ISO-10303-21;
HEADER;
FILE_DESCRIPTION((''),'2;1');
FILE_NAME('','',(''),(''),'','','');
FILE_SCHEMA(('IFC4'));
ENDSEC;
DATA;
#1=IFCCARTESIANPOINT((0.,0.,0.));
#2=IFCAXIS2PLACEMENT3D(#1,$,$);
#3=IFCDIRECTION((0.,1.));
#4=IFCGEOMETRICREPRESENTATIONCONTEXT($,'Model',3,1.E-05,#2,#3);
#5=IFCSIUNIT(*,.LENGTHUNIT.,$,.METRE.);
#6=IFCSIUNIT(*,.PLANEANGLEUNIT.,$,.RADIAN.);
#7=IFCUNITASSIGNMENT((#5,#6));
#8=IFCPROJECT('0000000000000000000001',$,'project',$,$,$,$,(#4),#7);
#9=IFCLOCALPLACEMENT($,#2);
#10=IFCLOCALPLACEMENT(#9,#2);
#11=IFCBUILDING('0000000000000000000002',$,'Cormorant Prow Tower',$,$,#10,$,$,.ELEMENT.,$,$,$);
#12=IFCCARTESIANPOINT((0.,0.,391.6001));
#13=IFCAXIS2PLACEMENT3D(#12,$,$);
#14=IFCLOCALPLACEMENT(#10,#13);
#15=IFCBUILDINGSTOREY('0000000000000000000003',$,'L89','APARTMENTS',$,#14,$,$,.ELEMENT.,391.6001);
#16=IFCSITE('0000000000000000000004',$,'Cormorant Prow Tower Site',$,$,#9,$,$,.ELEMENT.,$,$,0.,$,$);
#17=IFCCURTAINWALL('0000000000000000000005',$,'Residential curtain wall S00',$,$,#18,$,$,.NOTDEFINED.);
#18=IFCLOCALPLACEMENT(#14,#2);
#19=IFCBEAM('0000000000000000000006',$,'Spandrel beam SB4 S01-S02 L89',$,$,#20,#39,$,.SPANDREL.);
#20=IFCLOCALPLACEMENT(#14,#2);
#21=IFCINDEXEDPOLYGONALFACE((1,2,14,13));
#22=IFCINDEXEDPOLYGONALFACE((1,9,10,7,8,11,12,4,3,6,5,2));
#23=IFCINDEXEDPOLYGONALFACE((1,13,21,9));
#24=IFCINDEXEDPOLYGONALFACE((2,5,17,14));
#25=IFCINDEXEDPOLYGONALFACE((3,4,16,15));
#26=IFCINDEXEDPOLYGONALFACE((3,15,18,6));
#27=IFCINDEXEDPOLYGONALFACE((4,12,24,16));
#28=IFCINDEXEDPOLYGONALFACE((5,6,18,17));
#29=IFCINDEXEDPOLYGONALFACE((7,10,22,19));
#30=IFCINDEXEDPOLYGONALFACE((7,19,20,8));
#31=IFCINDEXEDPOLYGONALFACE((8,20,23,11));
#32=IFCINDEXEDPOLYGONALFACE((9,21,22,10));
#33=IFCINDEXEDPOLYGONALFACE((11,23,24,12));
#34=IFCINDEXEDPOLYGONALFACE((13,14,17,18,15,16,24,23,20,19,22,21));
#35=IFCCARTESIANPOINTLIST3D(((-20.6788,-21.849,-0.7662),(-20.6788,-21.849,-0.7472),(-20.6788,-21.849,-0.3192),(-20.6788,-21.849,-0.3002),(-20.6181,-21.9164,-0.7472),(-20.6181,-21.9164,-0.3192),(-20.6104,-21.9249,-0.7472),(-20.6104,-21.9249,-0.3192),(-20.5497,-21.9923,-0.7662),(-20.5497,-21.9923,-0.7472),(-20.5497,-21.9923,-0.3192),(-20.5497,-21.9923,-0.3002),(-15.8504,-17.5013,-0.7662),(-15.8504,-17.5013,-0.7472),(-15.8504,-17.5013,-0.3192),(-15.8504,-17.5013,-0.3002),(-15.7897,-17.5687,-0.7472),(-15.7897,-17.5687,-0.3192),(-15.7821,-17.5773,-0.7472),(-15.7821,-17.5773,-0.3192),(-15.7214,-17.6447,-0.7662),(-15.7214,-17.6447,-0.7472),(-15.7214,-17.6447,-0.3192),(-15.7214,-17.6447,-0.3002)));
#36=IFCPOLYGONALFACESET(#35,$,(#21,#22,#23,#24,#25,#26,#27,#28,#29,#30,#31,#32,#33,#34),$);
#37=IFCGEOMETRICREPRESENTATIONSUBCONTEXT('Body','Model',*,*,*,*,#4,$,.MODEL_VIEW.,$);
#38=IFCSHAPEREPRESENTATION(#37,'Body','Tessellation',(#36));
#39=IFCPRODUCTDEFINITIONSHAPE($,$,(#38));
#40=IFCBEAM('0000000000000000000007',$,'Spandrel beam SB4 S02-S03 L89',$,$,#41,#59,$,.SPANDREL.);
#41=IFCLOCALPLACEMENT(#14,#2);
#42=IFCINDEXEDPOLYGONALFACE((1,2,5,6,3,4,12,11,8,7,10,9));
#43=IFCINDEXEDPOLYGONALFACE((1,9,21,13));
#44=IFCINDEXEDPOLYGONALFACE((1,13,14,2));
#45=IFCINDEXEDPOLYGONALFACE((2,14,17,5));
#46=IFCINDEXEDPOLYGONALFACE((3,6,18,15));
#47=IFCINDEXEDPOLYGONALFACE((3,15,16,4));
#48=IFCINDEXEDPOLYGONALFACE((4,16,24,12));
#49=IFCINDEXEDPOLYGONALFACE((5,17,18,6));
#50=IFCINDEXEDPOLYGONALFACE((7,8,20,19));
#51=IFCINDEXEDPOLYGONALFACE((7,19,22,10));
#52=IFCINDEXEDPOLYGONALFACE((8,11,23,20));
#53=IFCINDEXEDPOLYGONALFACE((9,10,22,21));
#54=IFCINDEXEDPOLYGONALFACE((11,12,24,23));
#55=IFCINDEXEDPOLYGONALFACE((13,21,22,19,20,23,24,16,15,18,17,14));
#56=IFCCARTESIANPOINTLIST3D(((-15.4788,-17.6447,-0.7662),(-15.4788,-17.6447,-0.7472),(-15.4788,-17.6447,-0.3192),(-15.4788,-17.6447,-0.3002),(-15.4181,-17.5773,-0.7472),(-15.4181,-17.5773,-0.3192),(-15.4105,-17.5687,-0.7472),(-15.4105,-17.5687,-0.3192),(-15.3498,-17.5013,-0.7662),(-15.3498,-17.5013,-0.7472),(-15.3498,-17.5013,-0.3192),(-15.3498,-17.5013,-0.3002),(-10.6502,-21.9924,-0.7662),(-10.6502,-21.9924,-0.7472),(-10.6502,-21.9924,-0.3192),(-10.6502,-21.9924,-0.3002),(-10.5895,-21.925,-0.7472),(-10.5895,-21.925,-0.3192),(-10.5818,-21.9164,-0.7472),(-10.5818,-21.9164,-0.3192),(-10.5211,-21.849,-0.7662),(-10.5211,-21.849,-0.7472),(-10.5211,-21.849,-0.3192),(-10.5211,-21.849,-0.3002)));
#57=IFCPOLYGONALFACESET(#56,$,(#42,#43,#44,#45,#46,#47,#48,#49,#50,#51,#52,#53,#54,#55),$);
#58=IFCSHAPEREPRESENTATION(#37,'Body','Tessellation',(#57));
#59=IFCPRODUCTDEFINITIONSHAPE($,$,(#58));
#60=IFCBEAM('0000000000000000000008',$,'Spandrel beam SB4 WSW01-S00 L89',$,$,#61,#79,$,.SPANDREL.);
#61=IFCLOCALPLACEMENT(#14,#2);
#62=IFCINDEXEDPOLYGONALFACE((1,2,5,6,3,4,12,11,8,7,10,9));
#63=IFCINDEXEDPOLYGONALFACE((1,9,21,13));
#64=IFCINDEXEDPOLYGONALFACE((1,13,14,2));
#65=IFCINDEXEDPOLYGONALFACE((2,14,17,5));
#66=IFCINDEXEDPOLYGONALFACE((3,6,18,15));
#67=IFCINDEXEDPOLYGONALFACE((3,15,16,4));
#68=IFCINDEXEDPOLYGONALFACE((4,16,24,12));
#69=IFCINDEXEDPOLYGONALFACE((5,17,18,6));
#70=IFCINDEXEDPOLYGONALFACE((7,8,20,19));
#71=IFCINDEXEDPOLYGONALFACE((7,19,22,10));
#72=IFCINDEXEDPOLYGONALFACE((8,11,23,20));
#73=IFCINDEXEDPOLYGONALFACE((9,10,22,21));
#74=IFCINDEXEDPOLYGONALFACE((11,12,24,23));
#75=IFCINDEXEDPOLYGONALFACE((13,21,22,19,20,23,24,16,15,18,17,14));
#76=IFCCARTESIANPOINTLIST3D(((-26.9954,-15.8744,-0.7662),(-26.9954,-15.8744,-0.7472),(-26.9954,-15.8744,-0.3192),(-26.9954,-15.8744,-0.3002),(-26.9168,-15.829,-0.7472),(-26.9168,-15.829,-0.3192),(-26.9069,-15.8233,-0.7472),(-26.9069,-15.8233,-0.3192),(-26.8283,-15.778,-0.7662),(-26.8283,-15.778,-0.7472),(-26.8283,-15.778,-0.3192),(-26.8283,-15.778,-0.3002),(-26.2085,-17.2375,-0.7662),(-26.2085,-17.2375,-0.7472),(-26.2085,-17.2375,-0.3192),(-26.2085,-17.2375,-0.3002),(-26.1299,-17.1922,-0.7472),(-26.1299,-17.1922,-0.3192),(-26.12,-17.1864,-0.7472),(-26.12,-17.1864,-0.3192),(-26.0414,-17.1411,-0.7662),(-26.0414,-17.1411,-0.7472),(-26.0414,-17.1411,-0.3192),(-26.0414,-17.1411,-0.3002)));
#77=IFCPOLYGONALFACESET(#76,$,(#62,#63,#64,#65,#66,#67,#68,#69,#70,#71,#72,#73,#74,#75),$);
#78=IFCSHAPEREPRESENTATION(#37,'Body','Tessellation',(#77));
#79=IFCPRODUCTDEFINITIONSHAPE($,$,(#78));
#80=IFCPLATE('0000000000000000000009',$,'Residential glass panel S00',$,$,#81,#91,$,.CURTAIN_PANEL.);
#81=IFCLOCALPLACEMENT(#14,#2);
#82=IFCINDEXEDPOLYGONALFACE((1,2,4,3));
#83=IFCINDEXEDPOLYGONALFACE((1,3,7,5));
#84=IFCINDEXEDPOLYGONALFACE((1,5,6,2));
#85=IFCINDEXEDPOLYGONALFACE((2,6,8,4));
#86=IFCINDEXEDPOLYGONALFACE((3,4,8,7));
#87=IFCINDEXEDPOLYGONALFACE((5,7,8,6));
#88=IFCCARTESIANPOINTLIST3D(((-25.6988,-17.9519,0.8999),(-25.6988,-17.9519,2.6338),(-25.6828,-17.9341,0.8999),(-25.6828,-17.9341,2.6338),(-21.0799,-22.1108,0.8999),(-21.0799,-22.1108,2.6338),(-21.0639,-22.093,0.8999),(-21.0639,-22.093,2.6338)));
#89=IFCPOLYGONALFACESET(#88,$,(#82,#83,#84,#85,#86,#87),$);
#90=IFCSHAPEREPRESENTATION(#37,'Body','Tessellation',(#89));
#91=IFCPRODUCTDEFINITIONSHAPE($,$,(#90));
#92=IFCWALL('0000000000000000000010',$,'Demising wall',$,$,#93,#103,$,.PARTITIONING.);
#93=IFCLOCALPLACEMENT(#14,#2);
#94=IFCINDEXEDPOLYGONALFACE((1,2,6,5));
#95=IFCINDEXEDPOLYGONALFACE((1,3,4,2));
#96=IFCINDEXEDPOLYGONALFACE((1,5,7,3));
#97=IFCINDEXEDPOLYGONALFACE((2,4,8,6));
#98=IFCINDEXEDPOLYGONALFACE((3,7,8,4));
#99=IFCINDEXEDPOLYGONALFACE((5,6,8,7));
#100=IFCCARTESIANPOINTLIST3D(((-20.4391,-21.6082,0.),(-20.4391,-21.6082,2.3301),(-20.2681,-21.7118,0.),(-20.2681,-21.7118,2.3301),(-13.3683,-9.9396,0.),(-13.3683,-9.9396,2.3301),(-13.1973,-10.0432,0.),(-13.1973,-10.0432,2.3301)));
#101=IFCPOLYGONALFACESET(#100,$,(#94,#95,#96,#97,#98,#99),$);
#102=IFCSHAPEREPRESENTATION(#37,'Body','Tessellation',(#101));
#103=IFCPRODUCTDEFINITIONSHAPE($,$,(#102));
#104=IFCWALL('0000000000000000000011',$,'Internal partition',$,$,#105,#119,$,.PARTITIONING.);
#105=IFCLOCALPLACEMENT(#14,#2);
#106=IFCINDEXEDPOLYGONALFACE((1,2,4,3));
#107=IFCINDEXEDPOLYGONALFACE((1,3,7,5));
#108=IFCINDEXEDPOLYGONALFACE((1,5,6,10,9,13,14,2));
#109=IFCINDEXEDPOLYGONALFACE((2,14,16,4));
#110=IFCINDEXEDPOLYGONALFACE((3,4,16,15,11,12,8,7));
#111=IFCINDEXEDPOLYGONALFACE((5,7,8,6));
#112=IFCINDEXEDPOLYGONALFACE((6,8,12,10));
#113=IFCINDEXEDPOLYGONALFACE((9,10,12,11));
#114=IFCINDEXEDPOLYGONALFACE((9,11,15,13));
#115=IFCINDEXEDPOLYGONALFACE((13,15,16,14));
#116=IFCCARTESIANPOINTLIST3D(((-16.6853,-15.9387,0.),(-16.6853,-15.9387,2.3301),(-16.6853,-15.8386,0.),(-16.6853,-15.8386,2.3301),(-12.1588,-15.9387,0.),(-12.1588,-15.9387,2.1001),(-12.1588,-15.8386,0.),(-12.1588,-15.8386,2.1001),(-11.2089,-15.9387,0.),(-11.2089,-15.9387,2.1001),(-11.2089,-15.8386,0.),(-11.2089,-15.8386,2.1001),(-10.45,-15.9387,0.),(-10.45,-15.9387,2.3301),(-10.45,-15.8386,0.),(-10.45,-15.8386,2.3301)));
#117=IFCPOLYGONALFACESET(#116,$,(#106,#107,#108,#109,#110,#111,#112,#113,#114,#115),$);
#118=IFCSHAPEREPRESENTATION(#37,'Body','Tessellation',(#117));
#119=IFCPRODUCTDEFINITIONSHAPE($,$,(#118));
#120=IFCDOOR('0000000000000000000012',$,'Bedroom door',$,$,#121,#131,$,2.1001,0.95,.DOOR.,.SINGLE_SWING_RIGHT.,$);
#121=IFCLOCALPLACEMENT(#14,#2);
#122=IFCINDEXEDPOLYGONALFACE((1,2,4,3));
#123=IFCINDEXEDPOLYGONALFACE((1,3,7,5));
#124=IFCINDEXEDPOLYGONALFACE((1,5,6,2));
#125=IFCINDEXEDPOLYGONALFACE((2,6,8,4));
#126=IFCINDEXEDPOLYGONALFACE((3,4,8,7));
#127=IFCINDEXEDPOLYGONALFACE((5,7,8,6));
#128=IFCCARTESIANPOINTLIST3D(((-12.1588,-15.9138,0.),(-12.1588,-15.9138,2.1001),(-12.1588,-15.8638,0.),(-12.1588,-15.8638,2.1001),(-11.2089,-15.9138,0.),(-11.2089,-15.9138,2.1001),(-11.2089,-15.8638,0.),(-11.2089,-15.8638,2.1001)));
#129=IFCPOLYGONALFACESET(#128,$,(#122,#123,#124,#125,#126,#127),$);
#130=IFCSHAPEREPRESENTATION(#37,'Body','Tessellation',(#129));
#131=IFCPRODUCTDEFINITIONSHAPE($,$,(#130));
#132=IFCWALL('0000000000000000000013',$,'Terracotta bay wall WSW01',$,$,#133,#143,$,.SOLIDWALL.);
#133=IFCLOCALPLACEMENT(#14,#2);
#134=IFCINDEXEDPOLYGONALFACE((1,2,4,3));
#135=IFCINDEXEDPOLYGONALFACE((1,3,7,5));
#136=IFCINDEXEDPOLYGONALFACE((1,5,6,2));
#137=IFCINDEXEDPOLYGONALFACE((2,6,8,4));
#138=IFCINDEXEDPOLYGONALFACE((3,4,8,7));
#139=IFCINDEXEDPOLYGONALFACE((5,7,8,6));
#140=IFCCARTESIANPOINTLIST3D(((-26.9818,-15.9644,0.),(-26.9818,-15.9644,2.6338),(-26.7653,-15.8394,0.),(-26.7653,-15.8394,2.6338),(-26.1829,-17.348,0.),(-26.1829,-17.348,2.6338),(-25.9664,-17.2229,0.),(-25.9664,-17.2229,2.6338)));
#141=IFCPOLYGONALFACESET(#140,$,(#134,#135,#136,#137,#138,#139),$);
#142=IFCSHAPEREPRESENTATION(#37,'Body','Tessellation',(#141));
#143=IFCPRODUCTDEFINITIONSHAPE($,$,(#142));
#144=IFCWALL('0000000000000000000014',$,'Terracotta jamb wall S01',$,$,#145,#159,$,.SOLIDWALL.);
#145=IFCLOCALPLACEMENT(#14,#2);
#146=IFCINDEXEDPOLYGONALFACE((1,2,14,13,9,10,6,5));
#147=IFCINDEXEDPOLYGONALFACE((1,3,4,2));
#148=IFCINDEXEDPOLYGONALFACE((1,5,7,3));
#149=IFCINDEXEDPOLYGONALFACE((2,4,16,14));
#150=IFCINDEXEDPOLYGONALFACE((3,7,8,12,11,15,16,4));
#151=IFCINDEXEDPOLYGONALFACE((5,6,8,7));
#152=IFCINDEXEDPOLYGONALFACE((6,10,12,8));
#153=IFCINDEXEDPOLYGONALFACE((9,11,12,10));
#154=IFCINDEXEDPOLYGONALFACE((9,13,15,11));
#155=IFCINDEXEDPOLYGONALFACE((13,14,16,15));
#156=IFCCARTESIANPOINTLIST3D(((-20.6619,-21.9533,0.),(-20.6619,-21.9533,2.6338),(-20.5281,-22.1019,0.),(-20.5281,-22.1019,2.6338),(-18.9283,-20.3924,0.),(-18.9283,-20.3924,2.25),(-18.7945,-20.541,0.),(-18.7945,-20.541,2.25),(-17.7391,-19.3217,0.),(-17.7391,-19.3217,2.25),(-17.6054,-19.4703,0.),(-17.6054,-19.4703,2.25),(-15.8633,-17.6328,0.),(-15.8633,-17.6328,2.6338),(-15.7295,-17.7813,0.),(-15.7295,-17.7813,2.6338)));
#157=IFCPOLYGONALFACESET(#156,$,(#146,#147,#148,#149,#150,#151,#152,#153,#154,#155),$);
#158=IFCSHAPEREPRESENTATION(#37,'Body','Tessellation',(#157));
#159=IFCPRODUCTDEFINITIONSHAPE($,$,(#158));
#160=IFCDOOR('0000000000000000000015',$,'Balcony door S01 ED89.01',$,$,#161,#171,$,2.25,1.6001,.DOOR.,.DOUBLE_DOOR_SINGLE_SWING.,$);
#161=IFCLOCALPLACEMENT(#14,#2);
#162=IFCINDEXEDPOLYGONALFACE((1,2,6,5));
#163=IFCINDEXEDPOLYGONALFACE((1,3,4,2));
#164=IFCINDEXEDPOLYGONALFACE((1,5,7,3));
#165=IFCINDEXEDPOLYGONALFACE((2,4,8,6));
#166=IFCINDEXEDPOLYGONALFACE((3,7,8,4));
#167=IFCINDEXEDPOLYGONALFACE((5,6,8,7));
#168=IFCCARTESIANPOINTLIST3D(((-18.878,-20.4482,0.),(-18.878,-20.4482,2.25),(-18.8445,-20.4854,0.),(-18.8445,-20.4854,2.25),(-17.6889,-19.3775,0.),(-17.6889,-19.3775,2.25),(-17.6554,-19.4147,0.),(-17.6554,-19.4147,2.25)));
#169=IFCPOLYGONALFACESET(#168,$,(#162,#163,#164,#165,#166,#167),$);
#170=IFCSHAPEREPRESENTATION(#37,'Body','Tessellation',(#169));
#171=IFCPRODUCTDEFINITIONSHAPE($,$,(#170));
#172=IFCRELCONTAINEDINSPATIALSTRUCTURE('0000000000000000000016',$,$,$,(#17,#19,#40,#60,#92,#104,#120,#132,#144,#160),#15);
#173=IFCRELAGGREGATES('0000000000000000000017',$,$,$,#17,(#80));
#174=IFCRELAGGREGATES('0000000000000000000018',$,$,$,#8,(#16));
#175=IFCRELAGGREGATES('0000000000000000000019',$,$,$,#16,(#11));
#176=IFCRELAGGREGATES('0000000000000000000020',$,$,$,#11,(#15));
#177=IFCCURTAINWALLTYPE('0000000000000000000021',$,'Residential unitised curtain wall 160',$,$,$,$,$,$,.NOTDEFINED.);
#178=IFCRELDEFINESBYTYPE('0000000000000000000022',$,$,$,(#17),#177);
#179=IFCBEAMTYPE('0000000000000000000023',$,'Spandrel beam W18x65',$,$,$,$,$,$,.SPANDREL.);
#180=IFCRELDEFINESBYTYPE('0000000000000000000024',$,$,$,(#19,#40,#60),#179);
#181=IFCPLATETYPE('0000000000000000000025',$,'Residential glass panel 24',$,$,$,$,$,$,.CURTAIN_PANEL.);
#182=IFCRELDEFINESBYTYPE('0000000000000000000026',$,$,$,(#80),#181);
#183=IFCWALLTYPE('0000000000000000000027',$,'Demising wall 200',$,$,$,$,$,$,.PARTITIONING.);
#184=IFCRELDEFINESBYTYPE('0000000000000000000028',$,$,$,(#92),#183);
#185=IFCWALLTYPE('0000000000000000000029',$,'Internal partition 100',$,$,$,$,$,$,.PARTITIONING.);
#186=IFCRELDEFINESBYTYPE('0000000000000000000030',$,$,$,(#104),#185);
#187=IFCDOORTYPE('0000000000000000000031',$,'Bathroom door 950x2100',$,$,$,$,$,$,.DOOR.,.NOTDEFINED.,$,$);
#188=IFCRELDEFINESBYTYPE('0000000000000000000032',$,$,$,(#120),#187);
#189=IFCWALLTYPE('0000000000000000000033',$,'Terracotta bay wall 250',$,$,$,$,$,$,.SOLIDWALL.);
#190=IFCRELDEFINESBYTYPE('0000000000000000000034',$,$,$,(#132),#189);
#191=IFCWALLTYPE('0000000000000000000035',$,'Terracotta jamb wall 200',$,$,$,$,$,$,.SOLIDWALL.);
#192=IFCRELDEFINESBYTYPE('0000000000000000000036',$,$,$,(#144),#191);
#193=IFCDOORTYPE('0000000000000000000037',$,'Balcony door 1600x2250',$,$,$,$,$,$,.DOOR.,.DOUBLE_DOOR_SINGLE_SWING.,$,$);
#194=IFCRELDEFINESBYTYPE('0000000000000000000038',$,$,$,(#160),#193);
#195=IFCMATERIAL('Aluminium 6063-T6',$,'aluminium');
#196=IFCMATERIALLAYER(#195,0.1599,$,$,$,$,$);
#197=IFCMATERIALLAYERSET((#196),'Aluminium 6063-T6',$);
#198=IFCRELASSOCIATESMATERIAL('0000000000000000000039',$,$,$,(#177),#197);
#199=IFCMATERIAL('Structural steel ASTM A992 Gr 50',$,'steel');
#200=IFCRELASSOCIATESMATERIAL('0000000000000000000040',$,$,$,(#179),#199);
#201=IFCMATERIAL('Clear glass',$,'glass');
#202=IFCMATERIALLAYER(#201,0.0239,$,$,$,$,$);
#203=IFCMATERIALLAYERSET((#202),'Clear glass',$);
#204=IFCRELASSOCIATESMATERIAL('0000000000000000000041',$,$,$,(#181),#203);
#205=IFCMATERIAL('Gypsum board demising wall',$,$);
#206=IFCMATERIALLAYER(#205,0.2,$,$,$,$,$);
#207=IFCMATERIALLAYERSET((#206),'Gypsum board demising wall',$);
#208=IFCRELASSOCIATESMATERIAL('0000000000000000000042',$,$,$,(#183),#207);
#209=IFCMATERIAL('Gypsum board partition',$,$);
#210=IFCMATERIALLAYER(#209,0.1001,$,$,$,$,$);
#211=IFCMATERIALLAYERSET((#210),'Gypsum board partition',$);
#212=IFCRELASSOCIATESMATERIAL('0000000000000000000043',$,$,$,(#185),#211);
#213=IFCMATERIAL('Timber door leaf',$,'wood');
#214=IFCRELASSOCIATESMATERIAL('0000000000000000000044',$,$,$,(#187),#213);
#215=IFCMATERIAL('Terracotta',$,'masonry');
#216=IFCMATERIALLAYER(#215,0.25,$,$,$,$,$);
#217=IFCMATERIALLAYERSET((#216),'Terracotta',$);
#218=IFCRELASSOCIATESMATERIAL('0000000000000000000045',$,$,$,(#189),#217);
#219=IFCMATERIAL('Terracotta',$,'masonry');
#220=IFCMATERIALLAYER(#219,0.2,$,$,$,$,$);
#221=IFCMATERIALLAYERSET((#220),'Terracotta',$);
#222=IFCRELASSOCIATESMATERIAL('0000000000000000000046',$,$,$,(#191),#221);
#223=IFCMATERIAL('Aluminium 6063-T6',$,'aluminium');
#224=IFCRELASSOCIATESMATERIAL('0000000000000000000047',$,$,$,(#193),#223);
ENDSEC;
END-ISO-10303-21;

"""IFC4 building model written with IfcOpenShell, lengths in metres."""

from ifc_helpers import new_model, si_unit, direction, frame, frame_2d, origin, origin_2d, place, context, subcontext, project, spatial, rectangle, i_section, extrude, material, layer, layer_set, material_profile, profile_set, type_object, element, fill, aggregate, save


model = new_model("IFC4")

# Units and contexts
model_context = context("Model", 3, precision=1e-05, world=origin(), true_north=direction((0.0, 1.0)))
body_context = subcontext(model_context, "Body", "Model", "MODEL_VIEW")
ifc_project = project(units=[si_unit("LENGTHUNIT", "METRE"), si_unit("PLANEANGLEUNIT", "RADIAN")], contexts=[model_context])

# Site, building, storey
site_placement = place(None, origin())
site = spatial("IfcSite", under=ifc_project, at=site_placement, Name="Cormorant Prow Tower Site", CompositionType="ELEMENT", RefElevation=0.0)
building_placement = place(site_placement, origin())
building = spatial("IfcBuilding", under=site, at=building_placement, Name="Cormorant Prow Tower", CompositionType="ELEMENT")
storey_placement = place(building_placement, frame((0.0, 0.0, 391.6001)))
storey = spatial("IfcBuildingStorey", under=building, at=storey_placement, Name="L89", Description="APARTMENTS", CompositionType="ELEMENT", Elevation=391.6001)

# Curtain wall
ifc_material_1 = material(Name="Aluminium 6063-T6", Category="aluminium")
ifc_layer_1 = layer(ifc_material_1, 0.1599)
ifc_layer_set_1 = layer_set([ifc_layer_1], Name="Aluminium 6063-T6")
curtain_wall_type = type_object("IfcCurtainWallType", Name="Residential unitised curtain wall 160", PredefinedType="NOTDEFINED", material=ifc_layer_set_1)
curtain_wall_1_placement = place(storey_placement, origin())
curtain_wall_1 = element("IfcCurtainWall", 1, at=curtain_wall_1_placement, inside=storey, type_object=curtain_wall_type, Name="Residential curtain wall S00", PredefinedType="NOTDEFINED")

# Beams
ifc_material_2 = material(Name="Structural steel ASTM A992 Gr 50", Category="steel")
ifc_material_profile_1 = material_profile(ifc_material_2, i_section(OverallWidth=0.1929, OverallDepth=0.4661, WebThickness=0.0115, FlangeThickness=0.019, at=origin_2d()), Name="W18x65")
ifc_profile_set_1 = profile_set([ifc_material_profile_1], Name="Structural steel ASTM A992 Gr 50")
beam_type = type_object("IfcBeamType", Name="Spandrel beam W18x65", PredefinedType="SPANDREL", material=ifc_profile_set_1)
for number, where, z_axis, x_axis, name in (
    (2, (-20.6143, -21.9207, -0.5332), (0.743132, 0.669145, 0.0), (-0.669145, 0.743132, 0.0), "Spandrel beam SB4 S01-S02 L89"),
):
    element("IfcBeam", number, at=place(storey_placement, frame(where, z_axis=z_axis, x_axis=x_axis)), inside=storey, type_object=beam_type, Name=name, PredefinedType="SPANDREL", context=body_context, shape_type="SweptSolid", body=[
        extrude(i_section(OverallWidth=0.1929, OverallDepth=0.4661, WebThickness=0.0115, FlangeThickness=0.019, at=origin_2d()), origin(), (0.0, 0.0, 1.0), 6.4973),
    ])
beam_1_placement = place(storey_placement, frame((-15.4143, -17.573, -0.5332), z_axis=(0.743148, -0.669127, 0.0), x_axis=(0.669127, 0.743148, 0.0)))
element("IfcBeam", 3, at=beam_1_placement, inside=storey, type_object=beam_type, Name="Spandrel beam SB4 S02-S03 L89", PredefinedType="SPANDREL", context=body_context, shape_type="SweptSolid", body=[
    extrude(i_section(OverallWidth=0.1929, OverallDepth=0.4661, WebThickness=0.0115, FlangeThickness=0.019, at=origin_2d()), origin(), (0.0, 0.0, 1.0), 6.4976),
])
beam_2_placement = place(storey_placement, frame((-26.9119, -15.8262, -0.5332), z_axis=(0.49996, -0.866049, 0.0), x_axis=(0.866049, 0.49996, 0.0)))
element("IfcBeam", 4, at=beam_2_placement, inside=storey, type_object=beam_type, Name="Spandrel beam SB4 WSW01-S00 L89", PredefinedType="SPANDREL", context=body_context, shape_type="SweptSolid", body=[
    extrude(i_section(OverallWidth=0.1929, OverallDepth=0.4661, WebThickness=0.0115, FlangeThickness=0.019, at=origin_2d()), origin(), (0.0, 0.0, 1.0), 1.574),
])

# Plate
ifc_material_3 = material(Name="Clear glass", Category="glass")
ifc_layer_2 = layer(ifc_material_3, 0.0239)
ifc_layer_set_2 = layer_set([ifc_layer_2], Name="Clear glass")
plate_type = type_object("IfcPlateType", Name="Residential glass panel 24", PredefinedType="CURTAIN_PANEL", material=ifc_layer_set_2)
plate_placement = place(storey_placement, frame((-23.3813, -20.0225, 0.8999), z_axis=(0.0, 0.0, 1.0), x_axis=(0.743145, -0.669131, 0.0)))
plate = element("IfcPlate", 5, at=plate_placement, type_object=plate_type, Name="Residential glass panel S00", PredefinedType="CURTAIN_PANEL", context=body_context, shape_type="SweptSolid", body=[
    extrude(rectangle(XDim=6.2153, YDim=0.0239, at=origin_2d()), origin(), (0.0, 0.0, 1.0), 1.7339),
])
aggregate(curtain_wall_1, [plate])

# Wall
ifc_material_4 = material(Name="Gypsum board demising wall")
ifc_layer_3 = layer(ifc_material_4, 0.2)
ifc_layer_set_3 = layer_set([ifc_layer_3], Name="Gypsum board demising wall")
wall_type_1 = type_object("IfcWallType", Name="Demising wall 200", PredefinedType="PARTITIONING", material=ifc_layer_set_3)
wall_1_placement = place(storey_placement, frame((-20.3535, -21.6599, 0.0), z_axis=(0.0, 0.0, 1.0), x_axis=(0.518241, 0.855235, 0.0)))
element("IfcWall", 6, at=wall_1_placement, inside=storey, type_object=wall_type_1, Name="Demising wall", PredefinedType="PARTITIONING", context=body_context, shape_type="SweptSolid", body=[
    extrude(rectangle(XDim=13.6438, YDim=0.2, at=frame_2d((6.8218, 0.0))), origin(), (0.0, 0.0, 1.0), 2.3301),
])

# Wall, opening, door
ifc_material_5 = material(Name="Gypsum board partition")
ifc_layer_4 = layer(ifc_material_5, 0.1001)
ifc_layer_set_4 = layer_set([ifc_layer_4], Name="Gypsum board partition")
wall_type_2 = type_object("IfcWallType", Name="Internal partition 100", PredefinedType="PARTITIONING", material=ifc_layer_set_4)
wall_2_placement = place(storey_placement, frame((-16.6853, -15.8887, 0.0), z_axis=(0.0, 0.0, 1.0), x_axis=(1.0, 0.0, 0.0)))
wall_2 = element("IfcWall", 7, at=wall_2_placement, inside=storey, type_object=wall_type_2, Name="Internal partition", PredefinedType="PARTITIONING", context=body_context, shape_type="SweptSolid", body=[
    extrude(rectangle(XDim=6.2354, YDim=0.1001, at=frame_2d((3.1177, 0.0))), origin(), (0.0, 0.0, 1.0), 2.3301),
])
opening_1_placement = place(wall_2_placement, frame((4.5264, 0.0, 0.0)))
opening_1 = element("IfcOpeningElement", 8, at=opening_1_placement, cuts=wall_2, PredefinedType="OPENING", context=body_context, shape_type="SweptSolid", body=[
    extrude(rectangle(XDim=0.95, YDim=2.1001, at=frame_2d((0.4751, 1.05))), frame((0.0, 0.0601, 0.0), z_axis=(0.0, -1.0, 0.0), x_axis=(1.0, 0.0, 0.0)), (0.0, 0.0, 1.0), 0.1201),
])
ifc_material_6 = material(Name="Timber door leaf", Category="wood")
door_type_1 = type_object("IfcDoorType", Name="Bathroom door 950x2100", OperationType="NOTDEFINED", PredefinedType="DOOR", material=ifc_material_6)
door_1_placement = place(opening_1_placement, origin())
door_1 = element("IfcDoor", 9, at=door_1_placement, inside=storey, type_object=door_type_1, Name="Bedroom door", OperationType="SINGLE_SWING_RIGHT", OverallHeight=2.1001, OverallWidth=0.95, PredefinedType="DOOR", context=body_context, shape_type="SweptSolid", body=[
    extrude(rectangle(XDim=0.95, YDim=2.1001, at=frame_2d((0.4751, 1.05))), frame((0.0, 0.0249, 0.0), z_axis=(0.0, -1.0, 0.0), x_axis=(1.0, 0.0, 0.0)), (0.0, 0.0, 1.0), 0.05),
])
fill(opening_1, door_1)

# Wall
ifc_material_7 = material(Name="Terracotta", Category="masonry")
ifc_layer_5 = layer(ifc_material_7, 0.25)
ifc_layer_set_5 = layer_set([ifc_layer_5], Name="Terracotta")
wall_type_3 = type_object("IfcWallType", Name="Terracotta bay wall 250", PredefinedType="SOLIDWALL", material=ifc_layer_set_5)
wall_3_placement = place(storey_placement, frame((-26.8735, -15.9019, 0.0), z_axis=(0.0, 0.0, 1.0), x_axis=(0.500018, -0.866015, 0.0)))
element("IfcWall", 10, at=wall_3_placement, inside=storey, type_object=wall_type_3, Name="Terracotta bay wall WSW01", PredefinedType="SOLIDWALL", context=body_context, shape_type="SweptSolid", body=[
    extrude(rectangle(XDim=1.5977, YDim=0.25, at=frame_2d((0.7988, 0.0))), origin(), (0.0, 0.0, 1.0), 2.6338),
])

# Wall, opening, door
ifc_material_8 = material(Name="Terracotta", Category="masonry")
ifc_layer_6 = layer(ifc_material_8, 0.2)
ifc_layer_set_6 = layer_set([ifc_layer_6], Name="Terracotta")
wall_type_4 = type_object("IfcWallType", Name="Terracotta jamb wall 200", PredefinedType="SOLIDWALL", material=ifc_layer_set_6)
wall_4_placement = place(storey_placement, frame((-20.595, -22.0276, 0.0), z_axis=(0.0, 0.0, 1.0), x_axis=(0.743153, 0.669121, 0.0)))
wall_4 = element("IfcWall", 11, at=wall_4_placement, inside=storey, type_object=wall_type_4, Name="Terracotta jamb wall S01", PredefinedType="SOLIDWALL", context=body_context, shape_type="SweptSolid", body=[
    extrude(rectangle(XDim=6.457, YDim=0.2, at=frame_2d((3.2285, 0.0))), origin(), (0.0, 0.0, 1.0), 2.6338),
])
opening_2_placement = place(wall_4_placement, frame((2.3328, 0.0, 0.0)))
opening_2 = element("IfcOpeningElement", 12, at=opening_2_placement, cuts=wall_4, PredefinedType="OPENING", context=body_context, shape_type="SweptSolid", body=[
    extrude(rectangle(XDim=1.6001, YDim=2.25, at=frame_2d((0.8, 1.125))), frame((0.0, 0.1099, 0.0), z_axis=(0.0, -1.0, 0.0), x_axis=(1.0, 0.0, 0.0)), (0.0, 0.0, 1.0), 0.22),
])
ifc_material_9 = material(Name="Aluminium 6063-T6", Category="aluminium")
door_type_2 = type_object("IfcDoorType", Name="Balcony door 1600x2250", OperationType="DOUBLE_DOOR_SINGLE_SWING", PredefinedType="DOOR", material=ifc_material_9)
door_2_placement = place(opening_2_placement, origin())
door_2 = element("IfcDoor", 13, at=door_2_placement, inside=storey, type_object=door_type_2, Name="Balcony door S01 ED89.01", OperationType="DOUBLE_DOOR_SINGLE_SWING", OverallHeight=2.25, OverallWidth=1.6001, PredefinedType="DOOR", context=body_context, shape_type="SweptSolid", body=[
    extrude(rectangle(XDim=1.6001, YDim=2.25, at=frame_2d((0.8, 1.125))), frame((0.0, 0.0249, 0.0), z_axis=(0.0, -1.0, 0.0), x_axis=(1.0, 0.0, 0.0)), (0.0, 0.0, 1.0), 0.05),
])
fill(opening_2, door_2)

save(model, "model.ifc")
